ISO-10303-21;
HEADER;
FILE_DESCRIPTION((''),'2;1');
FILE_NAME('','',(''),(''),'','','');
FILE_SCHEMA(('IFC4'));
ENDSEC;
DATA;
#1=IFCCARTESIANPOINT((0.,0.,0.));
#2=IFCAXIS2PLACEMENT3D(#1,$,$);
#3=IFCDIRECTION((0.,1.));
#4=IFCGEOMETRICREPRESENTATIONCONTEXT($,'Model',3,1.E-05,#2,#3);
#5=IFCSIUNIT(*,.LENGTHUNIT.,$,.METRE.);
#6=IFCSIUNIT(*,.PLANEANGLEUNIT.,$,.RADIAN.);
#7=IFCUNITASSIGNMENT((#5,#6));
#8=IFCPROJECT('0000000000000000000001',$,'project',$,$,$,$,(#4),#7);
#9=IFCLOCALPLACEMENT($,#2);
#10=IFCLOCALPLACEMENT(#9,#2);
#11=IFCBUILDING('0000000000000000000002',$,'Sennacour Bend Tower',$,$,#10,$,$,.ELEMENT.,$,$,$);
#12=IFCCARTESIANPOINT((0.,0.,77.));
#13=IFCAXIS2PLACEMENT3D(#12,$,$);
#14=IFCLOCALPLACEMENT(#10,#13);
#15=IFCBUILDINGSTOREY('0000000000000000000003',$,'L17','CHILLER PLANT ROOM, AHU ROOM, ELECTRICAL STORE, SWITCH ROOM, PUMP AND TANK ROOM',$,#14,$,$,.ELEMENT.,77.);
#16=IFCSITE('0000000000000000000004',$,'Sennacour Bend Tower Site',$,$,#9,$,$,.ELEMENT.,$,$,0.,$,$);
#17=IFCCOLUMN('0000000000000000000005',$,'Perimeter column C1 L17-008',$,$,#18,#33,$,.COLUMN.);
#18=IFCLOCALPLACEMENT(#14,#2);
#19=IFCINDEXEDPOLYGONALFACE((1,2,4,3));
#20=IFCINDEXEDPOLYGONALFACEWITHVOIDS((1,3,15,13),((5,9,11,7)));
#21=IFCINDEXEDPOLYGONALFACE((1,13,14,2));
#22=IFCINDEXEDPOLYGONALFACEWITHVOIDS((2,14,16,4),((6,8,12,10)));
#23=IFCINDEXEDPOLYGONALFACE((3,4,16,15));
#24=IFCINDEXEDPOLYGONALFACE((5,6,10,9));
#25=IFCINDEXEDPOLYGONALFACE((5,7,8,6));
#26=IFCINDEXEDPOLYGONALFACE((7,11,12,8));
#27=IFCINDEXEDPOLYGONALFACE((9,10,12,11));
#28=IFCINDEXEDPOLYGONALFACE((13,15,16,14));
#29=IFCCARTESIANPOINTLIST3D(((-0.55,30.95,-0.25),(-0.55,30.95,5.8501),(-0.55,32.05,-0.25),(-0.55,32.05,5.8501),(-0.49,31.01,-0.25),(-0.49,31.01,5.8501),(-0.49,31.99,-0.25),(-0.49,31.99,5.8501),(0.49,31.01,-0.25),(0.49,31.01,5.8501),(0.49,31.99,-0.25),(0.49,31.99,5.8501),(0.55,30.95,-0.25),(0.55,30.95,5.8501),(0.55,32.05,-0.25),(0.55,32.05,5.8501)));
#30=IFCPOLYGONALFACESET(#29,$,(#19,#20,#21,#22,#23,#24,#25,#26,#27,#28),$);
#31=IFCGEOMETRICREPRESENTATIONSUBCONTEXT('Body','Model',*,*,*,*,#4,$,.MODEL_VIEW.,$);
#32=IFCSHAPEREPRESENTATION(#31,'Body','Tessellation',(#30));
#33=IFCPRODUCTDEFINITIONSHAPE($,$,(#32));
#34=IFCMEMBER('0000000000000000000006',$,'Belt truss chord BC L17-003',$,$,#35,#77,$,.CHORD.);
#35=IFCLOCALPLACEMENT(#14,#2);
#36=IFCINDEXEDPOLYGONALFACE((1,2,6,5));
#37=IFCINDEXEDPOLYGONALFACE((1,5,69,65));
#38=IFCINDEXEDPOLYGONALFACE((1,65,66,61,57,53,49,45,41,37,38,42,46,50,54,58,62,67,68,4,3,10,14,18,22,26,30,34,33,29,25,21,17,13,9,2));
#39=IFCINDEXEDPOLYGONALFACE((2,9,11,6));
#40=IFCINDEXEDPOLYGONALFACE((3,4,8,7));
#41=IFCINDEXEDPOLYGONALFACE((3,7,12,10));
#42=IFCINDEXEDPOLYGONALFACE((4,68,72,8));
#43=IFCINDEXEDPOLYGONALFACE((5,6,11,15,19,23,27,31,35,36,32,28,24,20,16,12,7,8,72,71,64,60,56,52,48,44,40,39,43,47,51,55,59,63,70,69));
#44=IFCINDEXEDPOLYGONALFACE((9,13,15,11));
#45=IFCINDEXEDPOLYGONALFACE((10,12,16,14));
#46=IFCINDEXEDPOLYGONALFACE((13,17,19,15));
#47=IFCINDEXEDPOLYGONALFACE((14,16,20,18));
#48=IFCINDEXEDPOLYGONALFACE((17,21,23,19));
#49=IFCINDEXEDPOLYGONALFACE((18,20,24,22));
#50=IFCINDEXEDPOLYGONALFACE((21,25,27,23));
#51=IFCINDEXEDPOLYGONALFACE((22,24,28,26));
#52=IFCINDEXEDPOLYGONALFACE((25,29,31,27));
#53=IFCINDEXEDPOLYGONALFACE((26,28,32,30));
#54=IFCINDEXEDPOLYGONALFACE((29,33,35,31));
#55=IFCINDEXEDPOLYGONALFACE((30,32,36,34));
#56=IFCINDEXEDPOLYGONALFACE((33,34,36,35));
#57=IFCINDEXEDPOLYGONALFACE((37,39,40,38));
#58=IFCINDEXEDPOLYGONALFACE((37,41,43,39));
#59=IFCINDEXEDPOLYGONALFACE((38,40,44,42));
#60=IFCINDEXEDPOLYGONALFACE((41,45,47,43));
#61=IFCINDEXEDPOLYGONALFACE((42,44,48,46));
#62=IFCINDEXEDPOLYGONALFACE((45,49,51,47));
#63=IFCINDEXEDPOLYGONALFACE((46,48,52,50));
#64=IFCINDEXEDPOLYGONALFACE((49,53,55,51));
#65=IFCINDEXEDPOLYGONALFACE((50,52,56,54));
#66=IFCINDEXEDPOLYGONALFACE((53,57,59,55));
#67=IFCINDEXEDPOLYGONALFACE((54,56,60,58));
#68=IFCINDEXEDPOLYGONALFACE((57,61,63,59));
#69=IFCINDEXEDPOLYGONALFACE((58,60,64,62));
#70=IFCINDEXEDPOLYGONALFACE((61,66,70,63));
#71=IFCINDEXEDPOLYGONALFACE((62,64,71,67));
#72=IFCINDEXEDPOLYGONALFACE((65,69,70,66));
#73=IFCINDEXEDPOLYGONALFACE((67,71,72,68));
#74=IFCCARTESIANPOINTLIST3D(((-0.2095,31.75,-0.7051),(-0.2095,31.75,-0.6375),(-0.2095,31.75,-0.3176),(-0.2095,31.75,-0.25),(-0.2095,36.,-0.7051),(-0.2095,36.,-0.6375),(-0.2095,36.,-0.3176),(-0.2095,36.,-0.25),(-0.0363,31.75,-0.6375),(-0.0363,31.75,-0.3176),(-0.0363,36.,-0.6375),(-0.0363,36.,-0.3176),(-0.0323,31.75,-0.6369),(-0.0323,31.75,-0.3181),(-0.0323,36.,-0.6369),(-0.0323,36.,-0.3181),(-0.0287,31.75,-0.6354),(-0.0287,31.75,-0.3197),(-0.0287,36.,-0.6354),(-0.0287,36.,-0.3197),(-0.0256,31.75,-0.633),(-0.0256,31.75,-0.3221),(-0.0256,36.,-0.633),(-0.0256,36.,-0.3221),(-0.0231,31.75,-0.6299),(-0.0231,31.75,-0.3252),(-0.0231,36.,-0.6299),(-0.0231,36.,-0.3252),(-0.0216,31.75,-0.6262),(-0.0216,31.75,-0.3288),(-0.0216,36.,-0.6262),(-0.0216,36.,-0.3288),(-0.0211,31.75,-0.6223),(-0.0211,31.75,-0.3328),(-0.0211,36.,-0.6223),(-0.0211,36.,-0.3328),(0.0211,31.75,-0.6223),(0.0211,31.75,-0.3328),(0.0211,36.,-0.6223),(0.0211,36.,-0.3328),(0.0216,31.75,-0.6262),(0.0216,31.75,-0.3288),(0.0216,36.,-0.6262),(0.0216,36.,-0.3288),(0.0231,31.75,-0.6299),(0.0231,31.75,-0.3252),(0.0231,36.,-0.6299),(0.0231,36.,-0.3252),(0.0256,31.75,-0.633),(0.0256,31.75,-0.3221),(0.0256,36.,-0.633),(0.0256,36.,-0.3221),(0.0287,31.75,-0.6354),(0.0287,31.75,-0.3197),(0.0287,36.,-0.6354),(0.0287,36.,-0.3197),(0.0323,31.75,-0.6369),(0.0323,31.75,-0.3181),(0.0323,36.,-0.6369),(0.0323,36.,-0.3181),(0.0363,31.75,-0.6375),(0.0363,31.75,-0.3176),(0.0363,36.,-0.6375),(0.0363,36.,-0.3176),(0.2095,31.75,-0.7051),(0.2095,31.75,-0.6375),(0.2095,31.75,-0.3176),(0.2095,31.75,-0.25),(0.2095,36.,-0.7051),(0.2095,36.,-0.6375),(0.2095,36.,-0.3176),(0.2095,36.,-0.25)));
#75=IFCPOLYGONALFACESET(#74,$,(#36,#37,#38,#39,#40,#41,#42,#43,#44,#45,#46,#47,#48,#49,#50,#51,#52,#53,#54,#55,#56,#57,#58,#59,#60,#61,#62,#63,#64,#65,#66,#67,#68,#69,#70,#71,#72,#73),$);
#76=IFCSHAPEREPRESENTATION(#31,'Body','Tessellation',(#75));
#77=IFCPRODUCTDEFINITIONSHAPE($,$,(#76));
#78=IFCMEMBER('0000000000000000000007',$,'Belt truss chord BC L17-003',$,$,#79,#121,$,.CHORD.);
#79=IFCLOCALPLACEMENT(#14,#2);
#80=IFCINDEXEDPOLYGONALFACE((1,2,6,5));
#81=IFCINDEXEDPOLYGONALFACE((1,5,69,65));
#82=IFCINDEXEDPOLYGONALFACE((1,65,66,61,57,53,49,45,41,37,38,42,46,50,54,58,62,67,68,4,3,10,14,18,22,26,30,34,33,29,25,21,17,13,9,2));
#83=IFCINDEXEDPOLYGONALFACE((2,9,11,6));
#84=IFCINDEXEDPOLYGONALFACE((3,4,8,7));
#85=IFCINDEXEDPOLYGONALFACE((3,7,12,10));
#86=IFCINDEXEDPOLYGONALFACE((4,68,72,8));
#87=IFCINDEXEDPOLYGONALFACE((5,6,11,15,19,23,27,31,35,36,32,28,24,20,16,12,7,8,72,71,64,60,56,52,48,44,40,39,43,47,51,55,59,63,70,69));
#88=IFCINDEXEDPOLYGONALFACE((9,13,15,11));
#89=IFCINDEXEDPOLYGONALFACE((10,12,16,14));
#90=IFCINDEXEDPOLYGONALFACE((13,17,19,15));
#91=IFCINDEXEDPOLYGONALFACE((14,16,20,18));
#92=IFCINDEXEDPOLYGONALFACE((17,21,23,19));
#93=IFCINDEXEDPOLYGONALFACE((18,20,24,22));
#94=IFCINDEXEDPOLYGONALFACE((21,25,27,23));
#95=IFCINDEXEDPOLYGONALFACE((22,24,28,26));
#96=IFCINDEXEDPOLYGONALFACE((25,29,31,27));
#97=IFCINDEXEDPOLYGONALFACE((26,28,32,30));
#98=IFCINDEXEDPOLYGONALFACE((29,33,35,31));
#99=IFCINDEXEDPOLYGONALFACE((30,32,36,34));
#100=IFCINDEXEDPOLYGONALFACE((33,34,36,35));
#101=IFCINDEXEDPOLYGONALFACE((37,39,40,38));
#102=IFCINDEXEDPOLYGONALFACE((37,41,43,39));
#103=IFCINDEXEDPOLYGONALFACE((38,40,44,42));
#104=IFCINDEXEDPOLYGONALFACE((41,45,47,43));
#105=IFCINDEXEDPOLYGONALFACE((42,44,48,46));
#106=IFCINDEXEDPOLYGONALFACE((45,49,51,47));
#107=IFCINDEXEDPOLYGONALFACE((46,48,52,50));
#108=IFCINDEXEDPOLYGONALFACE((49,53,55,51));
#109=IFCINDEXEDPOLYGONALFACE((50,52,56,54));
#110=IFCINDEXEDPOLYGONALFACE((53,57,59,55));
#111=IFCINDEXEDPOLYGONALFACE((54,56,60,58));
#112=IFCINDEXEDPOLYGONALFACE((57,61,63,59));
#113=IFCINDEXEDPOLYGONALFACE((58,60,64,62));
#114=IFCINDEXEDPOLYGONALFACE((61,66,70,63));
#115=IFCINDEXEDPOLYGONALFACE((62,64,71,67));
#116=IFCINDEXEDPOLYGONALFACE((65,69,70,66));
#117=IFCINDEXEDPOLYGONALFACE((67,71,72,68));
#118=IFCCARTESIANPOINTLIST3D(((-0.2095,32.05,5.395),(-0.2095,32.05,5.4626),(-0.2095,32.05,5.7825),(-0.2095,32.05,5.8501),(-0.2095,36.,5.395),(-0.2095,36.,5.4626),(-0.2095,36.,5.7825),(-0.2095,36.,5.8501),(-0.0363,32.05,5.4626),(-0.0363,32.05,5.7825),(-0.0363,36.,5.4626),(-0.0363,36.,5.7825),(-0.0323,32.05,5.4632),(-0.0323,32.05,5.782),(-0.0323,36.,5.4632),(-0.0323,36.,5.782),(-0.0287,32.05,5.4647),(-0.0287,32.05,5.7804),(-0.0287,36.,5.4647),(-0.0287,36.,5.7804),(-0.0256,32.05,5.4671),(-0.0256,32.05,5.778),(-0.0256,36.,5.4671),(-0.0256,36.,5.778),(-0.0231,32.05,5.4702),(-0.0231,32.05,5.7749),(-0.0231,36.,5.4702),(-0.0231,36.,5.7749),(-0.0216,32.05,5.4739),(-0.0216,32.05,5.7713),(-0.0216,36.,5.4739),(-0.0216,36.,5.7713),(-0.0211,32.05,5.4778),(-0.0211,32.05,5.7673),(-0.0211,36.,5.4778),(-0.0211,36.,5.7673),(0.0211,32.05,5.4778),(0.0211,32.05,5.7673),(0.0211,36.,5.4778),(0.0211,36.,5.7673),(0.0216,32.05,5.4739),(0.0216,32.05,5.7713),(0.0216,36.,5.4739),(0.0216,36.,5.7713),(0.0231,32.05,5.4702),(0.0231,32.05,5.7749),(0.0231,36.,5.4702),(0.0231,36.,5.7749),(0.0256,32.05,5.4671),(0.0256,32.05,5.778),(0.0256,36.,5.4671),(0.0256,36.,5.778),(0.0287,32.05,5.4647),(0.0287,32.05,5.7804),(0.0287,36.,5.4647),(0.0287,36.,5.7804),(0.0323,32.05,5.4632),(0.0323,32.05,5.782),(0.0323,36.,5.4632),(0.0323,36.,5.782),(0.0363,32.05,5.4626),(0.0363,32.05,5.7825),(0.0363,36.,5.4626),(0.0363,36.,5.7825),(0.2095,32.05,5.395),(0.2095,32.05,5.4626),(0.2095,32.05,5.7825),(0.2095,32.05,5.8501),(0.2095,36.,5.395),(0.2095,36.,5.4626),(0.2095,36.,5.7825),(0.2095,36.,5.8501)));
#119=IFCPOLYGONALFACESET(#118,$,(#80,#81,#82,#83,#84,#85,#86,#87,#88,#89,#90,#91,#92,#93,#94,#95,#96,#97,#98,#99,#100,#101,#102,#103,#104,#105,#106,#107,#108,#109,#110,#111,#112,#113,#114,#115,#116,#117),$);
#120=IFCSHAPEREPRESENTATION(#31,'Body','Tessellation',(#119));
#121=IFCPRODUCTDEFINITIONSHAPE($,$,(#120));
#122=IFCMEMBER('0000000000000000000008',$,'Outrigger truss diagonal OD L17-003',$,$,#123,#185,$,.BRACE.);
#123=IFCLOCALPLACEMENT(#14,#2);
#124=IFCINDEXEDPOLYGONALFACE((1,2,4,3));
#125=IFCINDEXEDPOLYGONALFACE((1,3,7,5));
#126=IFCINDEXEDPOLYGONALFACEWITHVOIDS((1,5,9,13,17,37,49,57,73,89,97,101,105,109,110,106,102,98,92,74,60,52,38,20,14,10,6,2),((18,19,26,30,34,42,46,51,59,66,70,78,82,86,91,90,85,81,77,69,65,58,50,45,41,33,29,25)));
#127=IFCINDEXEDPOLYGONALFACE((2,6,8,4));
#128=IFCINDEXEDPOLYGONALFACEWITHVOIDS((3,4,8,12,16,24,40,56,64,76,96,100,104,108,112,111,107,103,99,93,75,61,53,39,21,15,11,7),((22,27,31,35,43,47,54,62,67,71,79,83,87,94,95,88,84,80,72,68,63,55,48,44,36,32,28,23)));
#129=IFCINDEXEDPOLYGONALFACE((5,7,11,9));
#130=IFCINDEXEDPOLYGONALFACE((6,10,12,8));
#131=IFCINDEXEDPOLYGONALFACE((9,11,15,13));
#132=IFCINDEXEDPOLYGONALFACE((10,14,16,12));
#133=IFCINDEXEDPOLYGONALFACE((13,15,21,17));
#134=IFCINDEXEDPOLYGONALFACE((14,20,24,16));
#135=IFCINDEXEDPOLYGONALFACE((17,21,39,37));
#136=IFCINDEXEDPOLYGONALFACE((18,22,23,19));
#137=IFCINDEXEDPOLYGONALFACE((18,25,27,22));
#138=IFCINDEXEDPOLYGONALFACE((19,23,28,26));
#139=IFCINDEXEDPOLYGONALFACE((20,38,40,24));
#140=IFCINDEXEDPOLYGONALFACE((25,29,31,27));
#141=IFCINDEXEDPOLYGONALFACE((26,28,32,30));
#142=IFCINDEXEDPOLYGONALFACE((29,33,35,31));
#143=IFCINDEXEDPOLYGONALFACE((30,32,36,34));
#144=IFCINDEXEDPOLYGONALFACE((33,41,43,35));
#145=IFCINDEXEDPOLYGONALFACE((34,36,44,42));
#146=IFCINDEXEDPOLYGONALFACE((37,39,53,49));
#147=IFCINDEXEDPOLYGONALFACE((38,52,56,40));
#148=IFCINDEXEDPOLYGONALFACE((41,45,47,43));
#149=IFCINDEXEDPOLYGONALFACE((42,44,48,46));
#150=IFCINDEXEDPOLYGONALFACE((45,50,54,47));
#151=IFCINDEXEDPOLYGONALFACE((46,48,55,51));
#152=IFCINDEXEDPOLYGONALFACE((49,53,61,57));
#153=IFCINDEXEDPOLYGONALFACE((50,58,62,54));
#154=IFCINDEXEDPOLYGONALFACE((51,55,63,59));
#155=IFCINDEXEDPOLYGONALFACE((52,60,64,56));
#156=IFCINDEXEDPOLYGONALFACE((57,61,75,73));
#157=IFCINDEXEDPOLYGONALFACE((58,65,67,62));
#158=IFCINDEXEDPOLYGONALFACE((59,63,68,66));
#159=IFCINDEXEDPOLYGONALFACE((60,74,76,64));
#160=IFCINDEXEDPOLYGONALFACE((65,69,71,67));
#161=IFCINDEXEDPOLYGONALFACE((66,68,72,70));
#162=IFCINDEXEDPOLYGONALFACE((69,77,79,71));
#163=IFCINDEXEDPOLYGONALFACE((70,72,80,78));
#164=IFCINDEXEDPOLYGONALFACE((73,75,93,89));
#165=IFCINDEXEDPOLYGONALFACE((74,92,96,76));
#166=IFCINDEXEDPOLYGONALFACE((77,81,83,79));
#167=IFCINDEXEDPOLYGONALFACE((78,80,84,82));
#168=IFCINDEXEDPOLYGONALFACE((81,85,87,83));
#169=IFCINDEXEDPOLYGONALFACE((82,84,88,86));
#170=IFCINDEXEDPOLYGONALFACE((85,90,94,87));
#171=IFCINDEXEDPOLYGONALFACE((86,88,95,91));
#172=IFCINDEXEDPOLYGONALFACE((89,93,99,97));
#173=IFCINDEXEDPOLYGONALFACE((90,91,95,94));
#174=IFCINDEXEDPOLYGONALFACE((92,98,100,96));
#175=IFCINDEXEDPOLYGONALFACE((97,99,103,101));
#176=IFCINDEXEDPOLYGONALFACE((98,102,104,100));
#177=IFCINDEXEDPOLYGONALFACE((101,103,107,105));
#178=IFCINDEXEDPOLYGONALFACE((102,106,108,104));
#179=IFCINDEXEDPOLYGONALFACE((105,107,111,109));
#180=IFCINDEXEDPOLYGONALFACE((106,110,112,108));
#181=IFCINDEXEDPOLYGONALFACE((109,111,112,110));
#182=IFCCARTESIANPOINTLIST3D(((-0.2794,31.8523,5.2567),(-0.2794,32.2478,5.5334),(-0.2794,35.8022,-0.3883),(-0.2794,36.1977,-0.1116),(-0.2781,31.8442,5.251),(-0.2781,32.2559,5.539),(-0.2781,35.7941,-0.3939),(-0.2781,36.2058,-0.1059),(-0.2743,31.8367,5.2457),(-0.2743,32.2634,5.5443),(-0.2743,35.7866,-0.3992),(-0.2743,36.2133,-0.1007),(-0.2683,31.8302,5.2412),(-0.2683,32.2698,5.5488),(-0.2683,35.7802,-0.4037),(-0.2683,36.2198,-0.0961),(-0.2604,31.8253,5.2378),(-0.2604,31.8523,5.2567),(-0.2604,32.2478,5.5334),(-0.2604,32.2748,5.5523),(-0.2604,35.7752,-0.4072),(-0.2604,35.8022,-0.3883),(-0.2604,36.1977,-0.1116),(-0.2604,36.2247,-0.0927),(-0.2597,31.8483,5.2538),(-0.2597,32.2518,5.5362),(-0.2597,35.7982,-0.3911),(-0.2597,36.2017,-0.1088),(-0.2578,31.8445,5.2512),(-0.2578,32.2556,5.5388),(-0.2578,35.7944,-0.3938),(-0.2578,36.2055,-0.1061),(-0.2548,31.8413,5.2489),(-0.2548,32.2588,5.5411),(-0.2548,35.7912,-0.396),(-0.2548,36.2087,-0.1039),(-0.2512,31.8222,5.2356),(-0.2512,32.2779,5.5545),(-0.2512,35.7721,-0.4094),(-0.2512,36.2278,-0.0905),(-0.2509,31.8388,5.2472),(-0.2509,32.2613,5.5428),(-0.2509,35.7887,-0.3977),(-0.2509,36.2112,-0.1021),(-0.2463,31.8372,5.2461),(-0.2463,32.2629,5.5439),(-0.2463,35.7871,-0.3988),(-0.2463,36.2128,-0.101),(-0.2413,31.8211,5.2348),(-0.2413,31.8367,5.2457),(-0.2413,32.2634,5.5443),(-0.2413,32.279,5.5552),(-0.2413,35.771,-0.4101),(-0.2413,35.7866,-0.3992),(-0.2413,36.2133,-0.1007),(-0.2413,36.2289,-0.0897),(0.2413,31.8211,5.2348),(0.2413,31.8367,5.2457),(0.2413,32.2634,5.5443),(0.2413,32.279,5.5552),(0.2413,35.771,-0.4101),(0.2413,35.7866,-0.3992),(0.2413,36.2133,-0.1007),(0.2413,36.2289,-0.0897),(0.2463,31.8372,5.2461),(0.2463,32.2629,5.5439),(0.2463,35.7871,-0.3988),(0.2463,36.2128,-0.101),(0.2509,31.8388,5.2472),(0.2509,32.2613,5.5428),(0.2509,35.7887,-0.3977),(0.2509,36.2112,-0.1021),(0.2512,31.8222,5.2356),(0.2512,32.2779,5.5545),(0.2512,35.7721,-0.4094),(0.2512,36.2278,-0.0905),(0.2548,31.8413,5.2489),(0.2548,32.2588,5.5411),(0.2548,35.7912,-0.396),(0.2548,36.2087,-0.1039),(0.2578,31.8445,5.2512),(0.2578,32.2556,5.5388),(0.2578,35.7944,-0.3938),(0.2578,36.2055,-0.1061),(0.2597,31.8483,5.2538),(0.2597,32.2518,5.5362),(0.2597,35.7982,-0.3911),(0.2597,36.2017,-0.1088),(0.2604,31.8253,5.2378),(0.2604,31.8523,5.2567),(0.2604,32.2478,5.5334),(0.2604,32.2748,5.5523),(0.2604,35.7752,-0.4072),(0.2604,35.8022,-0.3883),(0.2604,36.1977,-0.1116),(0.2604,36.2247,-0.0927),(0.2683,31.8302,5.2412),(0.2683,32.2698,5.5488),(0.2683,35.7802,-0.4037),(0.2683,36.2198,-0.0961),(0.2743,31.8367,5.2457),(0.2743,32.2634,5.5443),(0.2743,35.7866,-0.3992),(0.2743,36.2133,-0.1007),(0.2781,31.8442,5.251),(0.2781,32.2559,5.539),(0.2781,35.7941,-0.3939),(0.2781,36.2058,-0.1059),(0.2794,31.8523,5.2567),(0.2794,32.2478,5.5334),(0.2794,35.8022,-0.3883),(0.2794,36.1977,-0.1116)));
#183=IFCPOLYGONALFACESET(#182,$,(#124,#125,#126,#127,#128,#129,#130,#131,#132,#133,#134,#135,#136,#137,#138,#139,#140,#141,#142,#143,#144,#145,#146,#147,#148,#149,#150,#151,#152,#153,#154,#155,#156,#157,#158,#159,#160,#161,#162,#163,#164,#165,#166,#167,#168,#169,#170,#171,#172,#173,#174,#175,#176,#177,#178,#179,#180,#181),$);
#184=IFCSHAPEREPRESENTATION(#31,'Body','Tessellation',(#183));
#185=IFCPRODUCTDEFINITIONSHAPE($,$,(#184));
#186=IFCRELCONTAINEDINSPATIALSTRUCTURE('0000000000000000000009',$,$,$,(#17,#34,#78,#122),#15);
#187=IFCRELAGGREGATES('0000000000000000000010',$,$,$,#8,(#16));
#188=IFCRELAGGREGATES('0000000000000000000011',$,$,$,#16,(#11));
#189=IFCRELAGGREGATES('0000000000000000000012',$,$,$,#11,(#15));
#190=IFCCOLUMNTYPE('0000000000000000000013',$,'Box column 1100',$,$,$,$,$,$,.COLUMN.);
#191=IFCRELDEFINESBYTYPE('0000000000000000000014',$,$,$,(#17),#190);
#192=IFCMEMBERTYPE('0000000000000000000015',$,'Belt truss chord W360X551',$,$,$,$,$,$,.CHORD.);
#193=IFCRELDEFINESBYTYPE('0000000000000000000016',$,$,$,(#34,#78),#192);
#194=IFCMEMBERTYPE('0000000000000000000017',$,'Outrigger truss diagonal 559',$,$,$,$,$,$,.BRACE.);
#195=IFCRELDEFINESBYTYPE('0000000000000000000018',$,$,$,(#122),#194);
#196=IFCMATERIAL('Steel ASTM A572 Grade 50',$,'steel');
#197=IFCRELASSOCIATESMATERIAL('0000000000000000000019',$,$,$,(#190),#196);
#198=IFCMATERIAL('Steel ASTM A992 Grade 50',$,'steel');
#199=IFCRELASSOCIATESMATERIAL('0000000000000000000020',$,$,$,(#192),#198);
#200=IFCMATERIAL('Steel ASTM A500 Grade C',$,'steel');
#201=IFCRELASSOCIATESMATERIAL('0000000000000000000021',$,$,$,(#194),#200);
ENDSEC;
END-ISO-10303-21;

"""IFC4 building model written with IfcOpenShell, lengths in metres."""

from ifc_helpers import new_model, si_unit, direction, frame, origin, origin_2d, place, context, subcontext, project, spatial, hollow_rectangle, i_section, extrude, material, material_profile, profile_set, type_object, element, save


model = new_model("IFC4")

# Units and contexts
model_context = context("Model", 3, precision=1e-05, world=origin(), true_north=direction((0.0, 1.0)))
body_context = subcontext(model_context, "Body", "Model", "MODEL_VIEW")
ifc_project = project(units=[si_unit("LENGTHUNIT", "METRE"), si_unit("PLANEANGLEUNIT", "RADIAN")], contexts=[model_context])

# Site, building, storey
site_placement = place(None, origin())
site = spatial("IfcSite", under=ifc_project, at=site_placement, Name="Sennacour Bend Tower Site", CompositionType="ELEMENT", RefElevation=0.0)
building_placement = place(site_placement, origin())
building = spatial("IfcBuilding", under=site, at=building_placement, Name="Sennacour Bend Tower", CompositionType="ELEMENT")
storey_placement = place(building_placement, frame((0.0, 0.0, 77.0)))
storey = spatial("IfcBuildingStorey", under=building, at=storey_placement, Name="L17", Description="CHILLER PLANT ROOM, AHU ROOM, ELECTRICAL STORE, SWITCH ROOM, PUMP AND TANK ROOM", CompositionType="ELEMENT", Elevation=77.0)

# Column
ifc_material_1 = material(Name="Steel ASTM A572 Grade 50", Category="steel")
ifc_material_profile_1 = material_profile(ifc_material_1, hollow_rectangle(XDim=1.1001, YDim=1.1001, WallThickness=0.0601, at=origin_2d()), Name="Steel ASTM A572 Grade 50", Category="steel")
ifc_profile_set_1 = profile_set([ifc_material_profile_1], Name="Steel ASTM A572 Grade 50")
column_type = type_object("IfcColumnType", Name="Box column 1100", PredefinedType="COLUMN", material=ifc_profile_set_1)
column_placement = place(storey_placement, frame((0.0, 31.5, -0.25), z_axis=(0.0, 0.0, 1.0), x_axis=(1.0, 0.0, 0.0)))
element("IfcColumn", 1, at=column_placement, inside=storey, type_object=column_type, Name="Perimeter column C1 L17-008", PredefinedType="COLUMN", context=body_context, shape_type="SweptSolid", body=[
    extrude(hollow_rectangle(XDim=1.1001, YDim=1.1001, WallThickness=0.0601, at=origin_2d()), origin(), (0.0, 0.0, 1.0), 6.1001),
])

# Members
ifc_material_2 = material(Name="Steel ASTM A992 Grade 50", Category="steel")
ifc_material_profile_2 = material_profile(ifc_material_2, i_section(OverallWidth=0.4189, OverallDepth=0.4551, WebThickness=0.0422, FlangeThickness=0.0676, FilletRadius=0.0151, at=origin_2d()), Name="Steel ASTM A992 Grade 50", Category="steel")
ifc_profile_set_2 = profile_set([ifc_material_profile_2], Name="Steel ASTM A992 Grade 50")
member_type_1 = type_object("IfcMemberType", Name="Belt truss chord W360X551", PredefinedType="CHORD", material=ifc_profile_set_2)
member_1_placement = place(storey_placement, frame((0.0, 31.75, -0.4775), z_axis=(0.0, 1.0, 0.0), x_axis=(-1.0, 0.0, 0.0)))
element("IfcMember", 2, at=member_1_placement, inside=storey, type_object=member_type_1, Name="Belt truss chord BC L17-003", PredefinedType="CHORD", context=body_context, shape_type="SweptSolid", body=[
    extrude(i_section(OverallWidth=0.4189, OverallDepth=0.4551, WebThickness=0.0422, FlangeThickness=0.0676, FilletRadius=0.0151, at=origin_2d()), origin(), (0.0, 0.0, 1.0), 4.25),
])
member_2_placement = place(storey_placement, frame((0.0, 32.05, 5.6226), z_axis=(0.0, 1.0, 0.0), x_axis=(-1.0, 0.0, 0.0)))
element("IfcMember", 3, at=member_2_placement, inside=storey, type_object=member_type_1, Name="Belt truss chord BC L17-003", PredefinedType="CHORD", context=body_context, shape_type="SweptSolid", body=[
    extrude(i_section(OverallWidth=0.4189, OverallDepth=0.4551, WebThickness=0.0422, FlangeThickness=0.0676, FilletRadius=0.0151, at=origin_2d()), origin(), (0.0, 0.0, 1.0), 3.95),
])
ifc_material_3 = material(Name="Steel ASTM A500 Grade C", Category="steel")
ifc_material_profile_3 = material_profile(ifc_material_3, hollow_rectangle(XDim=0.5588, YDim=0.5588, WallThickness=0.019, InnerFilletRadius=0.019, OuterFilletRadius=0.0381, at=origin_2d()), Name="Steel ASTM A500 Grade C", Category="steel")
ifc_profile_set_3 = profile_set([ifc_material_profile_3], Name="Steel ASTM A500 Grade C")
member_type_2 = type_object("IfcMemberType", Name="Outrigger truss diagonal 559", PredefinedType="BRACE", material=ifc_profile_set_3)
member_3_placement = place(storey_placement, frame((0.0, 32.05, 5.395), z_axis=(0.0, 0.57331, -0.819338), x_axis=(-1.0, 0.0, 0.0)))
element("IfcMember", 4, at=member_3_placement, inside=storey, type_object=member_type_2, Name="Outrigger truss diagonal OD L17-003", PredefinedType="BRACE", context=body_context, shape_type="SweptSolid", body=[
    extrude(hollow_rectangle(XDim=0.5588, YDim=0.5588, WallThickness=0.019, InnerFilletRadius=0.019, OuterFilletRadius=0.0381, at=origin_2d()), origin(), (0.0, 0.0, 1.0), 6.8896),
])

save(model, "model.ifc")
